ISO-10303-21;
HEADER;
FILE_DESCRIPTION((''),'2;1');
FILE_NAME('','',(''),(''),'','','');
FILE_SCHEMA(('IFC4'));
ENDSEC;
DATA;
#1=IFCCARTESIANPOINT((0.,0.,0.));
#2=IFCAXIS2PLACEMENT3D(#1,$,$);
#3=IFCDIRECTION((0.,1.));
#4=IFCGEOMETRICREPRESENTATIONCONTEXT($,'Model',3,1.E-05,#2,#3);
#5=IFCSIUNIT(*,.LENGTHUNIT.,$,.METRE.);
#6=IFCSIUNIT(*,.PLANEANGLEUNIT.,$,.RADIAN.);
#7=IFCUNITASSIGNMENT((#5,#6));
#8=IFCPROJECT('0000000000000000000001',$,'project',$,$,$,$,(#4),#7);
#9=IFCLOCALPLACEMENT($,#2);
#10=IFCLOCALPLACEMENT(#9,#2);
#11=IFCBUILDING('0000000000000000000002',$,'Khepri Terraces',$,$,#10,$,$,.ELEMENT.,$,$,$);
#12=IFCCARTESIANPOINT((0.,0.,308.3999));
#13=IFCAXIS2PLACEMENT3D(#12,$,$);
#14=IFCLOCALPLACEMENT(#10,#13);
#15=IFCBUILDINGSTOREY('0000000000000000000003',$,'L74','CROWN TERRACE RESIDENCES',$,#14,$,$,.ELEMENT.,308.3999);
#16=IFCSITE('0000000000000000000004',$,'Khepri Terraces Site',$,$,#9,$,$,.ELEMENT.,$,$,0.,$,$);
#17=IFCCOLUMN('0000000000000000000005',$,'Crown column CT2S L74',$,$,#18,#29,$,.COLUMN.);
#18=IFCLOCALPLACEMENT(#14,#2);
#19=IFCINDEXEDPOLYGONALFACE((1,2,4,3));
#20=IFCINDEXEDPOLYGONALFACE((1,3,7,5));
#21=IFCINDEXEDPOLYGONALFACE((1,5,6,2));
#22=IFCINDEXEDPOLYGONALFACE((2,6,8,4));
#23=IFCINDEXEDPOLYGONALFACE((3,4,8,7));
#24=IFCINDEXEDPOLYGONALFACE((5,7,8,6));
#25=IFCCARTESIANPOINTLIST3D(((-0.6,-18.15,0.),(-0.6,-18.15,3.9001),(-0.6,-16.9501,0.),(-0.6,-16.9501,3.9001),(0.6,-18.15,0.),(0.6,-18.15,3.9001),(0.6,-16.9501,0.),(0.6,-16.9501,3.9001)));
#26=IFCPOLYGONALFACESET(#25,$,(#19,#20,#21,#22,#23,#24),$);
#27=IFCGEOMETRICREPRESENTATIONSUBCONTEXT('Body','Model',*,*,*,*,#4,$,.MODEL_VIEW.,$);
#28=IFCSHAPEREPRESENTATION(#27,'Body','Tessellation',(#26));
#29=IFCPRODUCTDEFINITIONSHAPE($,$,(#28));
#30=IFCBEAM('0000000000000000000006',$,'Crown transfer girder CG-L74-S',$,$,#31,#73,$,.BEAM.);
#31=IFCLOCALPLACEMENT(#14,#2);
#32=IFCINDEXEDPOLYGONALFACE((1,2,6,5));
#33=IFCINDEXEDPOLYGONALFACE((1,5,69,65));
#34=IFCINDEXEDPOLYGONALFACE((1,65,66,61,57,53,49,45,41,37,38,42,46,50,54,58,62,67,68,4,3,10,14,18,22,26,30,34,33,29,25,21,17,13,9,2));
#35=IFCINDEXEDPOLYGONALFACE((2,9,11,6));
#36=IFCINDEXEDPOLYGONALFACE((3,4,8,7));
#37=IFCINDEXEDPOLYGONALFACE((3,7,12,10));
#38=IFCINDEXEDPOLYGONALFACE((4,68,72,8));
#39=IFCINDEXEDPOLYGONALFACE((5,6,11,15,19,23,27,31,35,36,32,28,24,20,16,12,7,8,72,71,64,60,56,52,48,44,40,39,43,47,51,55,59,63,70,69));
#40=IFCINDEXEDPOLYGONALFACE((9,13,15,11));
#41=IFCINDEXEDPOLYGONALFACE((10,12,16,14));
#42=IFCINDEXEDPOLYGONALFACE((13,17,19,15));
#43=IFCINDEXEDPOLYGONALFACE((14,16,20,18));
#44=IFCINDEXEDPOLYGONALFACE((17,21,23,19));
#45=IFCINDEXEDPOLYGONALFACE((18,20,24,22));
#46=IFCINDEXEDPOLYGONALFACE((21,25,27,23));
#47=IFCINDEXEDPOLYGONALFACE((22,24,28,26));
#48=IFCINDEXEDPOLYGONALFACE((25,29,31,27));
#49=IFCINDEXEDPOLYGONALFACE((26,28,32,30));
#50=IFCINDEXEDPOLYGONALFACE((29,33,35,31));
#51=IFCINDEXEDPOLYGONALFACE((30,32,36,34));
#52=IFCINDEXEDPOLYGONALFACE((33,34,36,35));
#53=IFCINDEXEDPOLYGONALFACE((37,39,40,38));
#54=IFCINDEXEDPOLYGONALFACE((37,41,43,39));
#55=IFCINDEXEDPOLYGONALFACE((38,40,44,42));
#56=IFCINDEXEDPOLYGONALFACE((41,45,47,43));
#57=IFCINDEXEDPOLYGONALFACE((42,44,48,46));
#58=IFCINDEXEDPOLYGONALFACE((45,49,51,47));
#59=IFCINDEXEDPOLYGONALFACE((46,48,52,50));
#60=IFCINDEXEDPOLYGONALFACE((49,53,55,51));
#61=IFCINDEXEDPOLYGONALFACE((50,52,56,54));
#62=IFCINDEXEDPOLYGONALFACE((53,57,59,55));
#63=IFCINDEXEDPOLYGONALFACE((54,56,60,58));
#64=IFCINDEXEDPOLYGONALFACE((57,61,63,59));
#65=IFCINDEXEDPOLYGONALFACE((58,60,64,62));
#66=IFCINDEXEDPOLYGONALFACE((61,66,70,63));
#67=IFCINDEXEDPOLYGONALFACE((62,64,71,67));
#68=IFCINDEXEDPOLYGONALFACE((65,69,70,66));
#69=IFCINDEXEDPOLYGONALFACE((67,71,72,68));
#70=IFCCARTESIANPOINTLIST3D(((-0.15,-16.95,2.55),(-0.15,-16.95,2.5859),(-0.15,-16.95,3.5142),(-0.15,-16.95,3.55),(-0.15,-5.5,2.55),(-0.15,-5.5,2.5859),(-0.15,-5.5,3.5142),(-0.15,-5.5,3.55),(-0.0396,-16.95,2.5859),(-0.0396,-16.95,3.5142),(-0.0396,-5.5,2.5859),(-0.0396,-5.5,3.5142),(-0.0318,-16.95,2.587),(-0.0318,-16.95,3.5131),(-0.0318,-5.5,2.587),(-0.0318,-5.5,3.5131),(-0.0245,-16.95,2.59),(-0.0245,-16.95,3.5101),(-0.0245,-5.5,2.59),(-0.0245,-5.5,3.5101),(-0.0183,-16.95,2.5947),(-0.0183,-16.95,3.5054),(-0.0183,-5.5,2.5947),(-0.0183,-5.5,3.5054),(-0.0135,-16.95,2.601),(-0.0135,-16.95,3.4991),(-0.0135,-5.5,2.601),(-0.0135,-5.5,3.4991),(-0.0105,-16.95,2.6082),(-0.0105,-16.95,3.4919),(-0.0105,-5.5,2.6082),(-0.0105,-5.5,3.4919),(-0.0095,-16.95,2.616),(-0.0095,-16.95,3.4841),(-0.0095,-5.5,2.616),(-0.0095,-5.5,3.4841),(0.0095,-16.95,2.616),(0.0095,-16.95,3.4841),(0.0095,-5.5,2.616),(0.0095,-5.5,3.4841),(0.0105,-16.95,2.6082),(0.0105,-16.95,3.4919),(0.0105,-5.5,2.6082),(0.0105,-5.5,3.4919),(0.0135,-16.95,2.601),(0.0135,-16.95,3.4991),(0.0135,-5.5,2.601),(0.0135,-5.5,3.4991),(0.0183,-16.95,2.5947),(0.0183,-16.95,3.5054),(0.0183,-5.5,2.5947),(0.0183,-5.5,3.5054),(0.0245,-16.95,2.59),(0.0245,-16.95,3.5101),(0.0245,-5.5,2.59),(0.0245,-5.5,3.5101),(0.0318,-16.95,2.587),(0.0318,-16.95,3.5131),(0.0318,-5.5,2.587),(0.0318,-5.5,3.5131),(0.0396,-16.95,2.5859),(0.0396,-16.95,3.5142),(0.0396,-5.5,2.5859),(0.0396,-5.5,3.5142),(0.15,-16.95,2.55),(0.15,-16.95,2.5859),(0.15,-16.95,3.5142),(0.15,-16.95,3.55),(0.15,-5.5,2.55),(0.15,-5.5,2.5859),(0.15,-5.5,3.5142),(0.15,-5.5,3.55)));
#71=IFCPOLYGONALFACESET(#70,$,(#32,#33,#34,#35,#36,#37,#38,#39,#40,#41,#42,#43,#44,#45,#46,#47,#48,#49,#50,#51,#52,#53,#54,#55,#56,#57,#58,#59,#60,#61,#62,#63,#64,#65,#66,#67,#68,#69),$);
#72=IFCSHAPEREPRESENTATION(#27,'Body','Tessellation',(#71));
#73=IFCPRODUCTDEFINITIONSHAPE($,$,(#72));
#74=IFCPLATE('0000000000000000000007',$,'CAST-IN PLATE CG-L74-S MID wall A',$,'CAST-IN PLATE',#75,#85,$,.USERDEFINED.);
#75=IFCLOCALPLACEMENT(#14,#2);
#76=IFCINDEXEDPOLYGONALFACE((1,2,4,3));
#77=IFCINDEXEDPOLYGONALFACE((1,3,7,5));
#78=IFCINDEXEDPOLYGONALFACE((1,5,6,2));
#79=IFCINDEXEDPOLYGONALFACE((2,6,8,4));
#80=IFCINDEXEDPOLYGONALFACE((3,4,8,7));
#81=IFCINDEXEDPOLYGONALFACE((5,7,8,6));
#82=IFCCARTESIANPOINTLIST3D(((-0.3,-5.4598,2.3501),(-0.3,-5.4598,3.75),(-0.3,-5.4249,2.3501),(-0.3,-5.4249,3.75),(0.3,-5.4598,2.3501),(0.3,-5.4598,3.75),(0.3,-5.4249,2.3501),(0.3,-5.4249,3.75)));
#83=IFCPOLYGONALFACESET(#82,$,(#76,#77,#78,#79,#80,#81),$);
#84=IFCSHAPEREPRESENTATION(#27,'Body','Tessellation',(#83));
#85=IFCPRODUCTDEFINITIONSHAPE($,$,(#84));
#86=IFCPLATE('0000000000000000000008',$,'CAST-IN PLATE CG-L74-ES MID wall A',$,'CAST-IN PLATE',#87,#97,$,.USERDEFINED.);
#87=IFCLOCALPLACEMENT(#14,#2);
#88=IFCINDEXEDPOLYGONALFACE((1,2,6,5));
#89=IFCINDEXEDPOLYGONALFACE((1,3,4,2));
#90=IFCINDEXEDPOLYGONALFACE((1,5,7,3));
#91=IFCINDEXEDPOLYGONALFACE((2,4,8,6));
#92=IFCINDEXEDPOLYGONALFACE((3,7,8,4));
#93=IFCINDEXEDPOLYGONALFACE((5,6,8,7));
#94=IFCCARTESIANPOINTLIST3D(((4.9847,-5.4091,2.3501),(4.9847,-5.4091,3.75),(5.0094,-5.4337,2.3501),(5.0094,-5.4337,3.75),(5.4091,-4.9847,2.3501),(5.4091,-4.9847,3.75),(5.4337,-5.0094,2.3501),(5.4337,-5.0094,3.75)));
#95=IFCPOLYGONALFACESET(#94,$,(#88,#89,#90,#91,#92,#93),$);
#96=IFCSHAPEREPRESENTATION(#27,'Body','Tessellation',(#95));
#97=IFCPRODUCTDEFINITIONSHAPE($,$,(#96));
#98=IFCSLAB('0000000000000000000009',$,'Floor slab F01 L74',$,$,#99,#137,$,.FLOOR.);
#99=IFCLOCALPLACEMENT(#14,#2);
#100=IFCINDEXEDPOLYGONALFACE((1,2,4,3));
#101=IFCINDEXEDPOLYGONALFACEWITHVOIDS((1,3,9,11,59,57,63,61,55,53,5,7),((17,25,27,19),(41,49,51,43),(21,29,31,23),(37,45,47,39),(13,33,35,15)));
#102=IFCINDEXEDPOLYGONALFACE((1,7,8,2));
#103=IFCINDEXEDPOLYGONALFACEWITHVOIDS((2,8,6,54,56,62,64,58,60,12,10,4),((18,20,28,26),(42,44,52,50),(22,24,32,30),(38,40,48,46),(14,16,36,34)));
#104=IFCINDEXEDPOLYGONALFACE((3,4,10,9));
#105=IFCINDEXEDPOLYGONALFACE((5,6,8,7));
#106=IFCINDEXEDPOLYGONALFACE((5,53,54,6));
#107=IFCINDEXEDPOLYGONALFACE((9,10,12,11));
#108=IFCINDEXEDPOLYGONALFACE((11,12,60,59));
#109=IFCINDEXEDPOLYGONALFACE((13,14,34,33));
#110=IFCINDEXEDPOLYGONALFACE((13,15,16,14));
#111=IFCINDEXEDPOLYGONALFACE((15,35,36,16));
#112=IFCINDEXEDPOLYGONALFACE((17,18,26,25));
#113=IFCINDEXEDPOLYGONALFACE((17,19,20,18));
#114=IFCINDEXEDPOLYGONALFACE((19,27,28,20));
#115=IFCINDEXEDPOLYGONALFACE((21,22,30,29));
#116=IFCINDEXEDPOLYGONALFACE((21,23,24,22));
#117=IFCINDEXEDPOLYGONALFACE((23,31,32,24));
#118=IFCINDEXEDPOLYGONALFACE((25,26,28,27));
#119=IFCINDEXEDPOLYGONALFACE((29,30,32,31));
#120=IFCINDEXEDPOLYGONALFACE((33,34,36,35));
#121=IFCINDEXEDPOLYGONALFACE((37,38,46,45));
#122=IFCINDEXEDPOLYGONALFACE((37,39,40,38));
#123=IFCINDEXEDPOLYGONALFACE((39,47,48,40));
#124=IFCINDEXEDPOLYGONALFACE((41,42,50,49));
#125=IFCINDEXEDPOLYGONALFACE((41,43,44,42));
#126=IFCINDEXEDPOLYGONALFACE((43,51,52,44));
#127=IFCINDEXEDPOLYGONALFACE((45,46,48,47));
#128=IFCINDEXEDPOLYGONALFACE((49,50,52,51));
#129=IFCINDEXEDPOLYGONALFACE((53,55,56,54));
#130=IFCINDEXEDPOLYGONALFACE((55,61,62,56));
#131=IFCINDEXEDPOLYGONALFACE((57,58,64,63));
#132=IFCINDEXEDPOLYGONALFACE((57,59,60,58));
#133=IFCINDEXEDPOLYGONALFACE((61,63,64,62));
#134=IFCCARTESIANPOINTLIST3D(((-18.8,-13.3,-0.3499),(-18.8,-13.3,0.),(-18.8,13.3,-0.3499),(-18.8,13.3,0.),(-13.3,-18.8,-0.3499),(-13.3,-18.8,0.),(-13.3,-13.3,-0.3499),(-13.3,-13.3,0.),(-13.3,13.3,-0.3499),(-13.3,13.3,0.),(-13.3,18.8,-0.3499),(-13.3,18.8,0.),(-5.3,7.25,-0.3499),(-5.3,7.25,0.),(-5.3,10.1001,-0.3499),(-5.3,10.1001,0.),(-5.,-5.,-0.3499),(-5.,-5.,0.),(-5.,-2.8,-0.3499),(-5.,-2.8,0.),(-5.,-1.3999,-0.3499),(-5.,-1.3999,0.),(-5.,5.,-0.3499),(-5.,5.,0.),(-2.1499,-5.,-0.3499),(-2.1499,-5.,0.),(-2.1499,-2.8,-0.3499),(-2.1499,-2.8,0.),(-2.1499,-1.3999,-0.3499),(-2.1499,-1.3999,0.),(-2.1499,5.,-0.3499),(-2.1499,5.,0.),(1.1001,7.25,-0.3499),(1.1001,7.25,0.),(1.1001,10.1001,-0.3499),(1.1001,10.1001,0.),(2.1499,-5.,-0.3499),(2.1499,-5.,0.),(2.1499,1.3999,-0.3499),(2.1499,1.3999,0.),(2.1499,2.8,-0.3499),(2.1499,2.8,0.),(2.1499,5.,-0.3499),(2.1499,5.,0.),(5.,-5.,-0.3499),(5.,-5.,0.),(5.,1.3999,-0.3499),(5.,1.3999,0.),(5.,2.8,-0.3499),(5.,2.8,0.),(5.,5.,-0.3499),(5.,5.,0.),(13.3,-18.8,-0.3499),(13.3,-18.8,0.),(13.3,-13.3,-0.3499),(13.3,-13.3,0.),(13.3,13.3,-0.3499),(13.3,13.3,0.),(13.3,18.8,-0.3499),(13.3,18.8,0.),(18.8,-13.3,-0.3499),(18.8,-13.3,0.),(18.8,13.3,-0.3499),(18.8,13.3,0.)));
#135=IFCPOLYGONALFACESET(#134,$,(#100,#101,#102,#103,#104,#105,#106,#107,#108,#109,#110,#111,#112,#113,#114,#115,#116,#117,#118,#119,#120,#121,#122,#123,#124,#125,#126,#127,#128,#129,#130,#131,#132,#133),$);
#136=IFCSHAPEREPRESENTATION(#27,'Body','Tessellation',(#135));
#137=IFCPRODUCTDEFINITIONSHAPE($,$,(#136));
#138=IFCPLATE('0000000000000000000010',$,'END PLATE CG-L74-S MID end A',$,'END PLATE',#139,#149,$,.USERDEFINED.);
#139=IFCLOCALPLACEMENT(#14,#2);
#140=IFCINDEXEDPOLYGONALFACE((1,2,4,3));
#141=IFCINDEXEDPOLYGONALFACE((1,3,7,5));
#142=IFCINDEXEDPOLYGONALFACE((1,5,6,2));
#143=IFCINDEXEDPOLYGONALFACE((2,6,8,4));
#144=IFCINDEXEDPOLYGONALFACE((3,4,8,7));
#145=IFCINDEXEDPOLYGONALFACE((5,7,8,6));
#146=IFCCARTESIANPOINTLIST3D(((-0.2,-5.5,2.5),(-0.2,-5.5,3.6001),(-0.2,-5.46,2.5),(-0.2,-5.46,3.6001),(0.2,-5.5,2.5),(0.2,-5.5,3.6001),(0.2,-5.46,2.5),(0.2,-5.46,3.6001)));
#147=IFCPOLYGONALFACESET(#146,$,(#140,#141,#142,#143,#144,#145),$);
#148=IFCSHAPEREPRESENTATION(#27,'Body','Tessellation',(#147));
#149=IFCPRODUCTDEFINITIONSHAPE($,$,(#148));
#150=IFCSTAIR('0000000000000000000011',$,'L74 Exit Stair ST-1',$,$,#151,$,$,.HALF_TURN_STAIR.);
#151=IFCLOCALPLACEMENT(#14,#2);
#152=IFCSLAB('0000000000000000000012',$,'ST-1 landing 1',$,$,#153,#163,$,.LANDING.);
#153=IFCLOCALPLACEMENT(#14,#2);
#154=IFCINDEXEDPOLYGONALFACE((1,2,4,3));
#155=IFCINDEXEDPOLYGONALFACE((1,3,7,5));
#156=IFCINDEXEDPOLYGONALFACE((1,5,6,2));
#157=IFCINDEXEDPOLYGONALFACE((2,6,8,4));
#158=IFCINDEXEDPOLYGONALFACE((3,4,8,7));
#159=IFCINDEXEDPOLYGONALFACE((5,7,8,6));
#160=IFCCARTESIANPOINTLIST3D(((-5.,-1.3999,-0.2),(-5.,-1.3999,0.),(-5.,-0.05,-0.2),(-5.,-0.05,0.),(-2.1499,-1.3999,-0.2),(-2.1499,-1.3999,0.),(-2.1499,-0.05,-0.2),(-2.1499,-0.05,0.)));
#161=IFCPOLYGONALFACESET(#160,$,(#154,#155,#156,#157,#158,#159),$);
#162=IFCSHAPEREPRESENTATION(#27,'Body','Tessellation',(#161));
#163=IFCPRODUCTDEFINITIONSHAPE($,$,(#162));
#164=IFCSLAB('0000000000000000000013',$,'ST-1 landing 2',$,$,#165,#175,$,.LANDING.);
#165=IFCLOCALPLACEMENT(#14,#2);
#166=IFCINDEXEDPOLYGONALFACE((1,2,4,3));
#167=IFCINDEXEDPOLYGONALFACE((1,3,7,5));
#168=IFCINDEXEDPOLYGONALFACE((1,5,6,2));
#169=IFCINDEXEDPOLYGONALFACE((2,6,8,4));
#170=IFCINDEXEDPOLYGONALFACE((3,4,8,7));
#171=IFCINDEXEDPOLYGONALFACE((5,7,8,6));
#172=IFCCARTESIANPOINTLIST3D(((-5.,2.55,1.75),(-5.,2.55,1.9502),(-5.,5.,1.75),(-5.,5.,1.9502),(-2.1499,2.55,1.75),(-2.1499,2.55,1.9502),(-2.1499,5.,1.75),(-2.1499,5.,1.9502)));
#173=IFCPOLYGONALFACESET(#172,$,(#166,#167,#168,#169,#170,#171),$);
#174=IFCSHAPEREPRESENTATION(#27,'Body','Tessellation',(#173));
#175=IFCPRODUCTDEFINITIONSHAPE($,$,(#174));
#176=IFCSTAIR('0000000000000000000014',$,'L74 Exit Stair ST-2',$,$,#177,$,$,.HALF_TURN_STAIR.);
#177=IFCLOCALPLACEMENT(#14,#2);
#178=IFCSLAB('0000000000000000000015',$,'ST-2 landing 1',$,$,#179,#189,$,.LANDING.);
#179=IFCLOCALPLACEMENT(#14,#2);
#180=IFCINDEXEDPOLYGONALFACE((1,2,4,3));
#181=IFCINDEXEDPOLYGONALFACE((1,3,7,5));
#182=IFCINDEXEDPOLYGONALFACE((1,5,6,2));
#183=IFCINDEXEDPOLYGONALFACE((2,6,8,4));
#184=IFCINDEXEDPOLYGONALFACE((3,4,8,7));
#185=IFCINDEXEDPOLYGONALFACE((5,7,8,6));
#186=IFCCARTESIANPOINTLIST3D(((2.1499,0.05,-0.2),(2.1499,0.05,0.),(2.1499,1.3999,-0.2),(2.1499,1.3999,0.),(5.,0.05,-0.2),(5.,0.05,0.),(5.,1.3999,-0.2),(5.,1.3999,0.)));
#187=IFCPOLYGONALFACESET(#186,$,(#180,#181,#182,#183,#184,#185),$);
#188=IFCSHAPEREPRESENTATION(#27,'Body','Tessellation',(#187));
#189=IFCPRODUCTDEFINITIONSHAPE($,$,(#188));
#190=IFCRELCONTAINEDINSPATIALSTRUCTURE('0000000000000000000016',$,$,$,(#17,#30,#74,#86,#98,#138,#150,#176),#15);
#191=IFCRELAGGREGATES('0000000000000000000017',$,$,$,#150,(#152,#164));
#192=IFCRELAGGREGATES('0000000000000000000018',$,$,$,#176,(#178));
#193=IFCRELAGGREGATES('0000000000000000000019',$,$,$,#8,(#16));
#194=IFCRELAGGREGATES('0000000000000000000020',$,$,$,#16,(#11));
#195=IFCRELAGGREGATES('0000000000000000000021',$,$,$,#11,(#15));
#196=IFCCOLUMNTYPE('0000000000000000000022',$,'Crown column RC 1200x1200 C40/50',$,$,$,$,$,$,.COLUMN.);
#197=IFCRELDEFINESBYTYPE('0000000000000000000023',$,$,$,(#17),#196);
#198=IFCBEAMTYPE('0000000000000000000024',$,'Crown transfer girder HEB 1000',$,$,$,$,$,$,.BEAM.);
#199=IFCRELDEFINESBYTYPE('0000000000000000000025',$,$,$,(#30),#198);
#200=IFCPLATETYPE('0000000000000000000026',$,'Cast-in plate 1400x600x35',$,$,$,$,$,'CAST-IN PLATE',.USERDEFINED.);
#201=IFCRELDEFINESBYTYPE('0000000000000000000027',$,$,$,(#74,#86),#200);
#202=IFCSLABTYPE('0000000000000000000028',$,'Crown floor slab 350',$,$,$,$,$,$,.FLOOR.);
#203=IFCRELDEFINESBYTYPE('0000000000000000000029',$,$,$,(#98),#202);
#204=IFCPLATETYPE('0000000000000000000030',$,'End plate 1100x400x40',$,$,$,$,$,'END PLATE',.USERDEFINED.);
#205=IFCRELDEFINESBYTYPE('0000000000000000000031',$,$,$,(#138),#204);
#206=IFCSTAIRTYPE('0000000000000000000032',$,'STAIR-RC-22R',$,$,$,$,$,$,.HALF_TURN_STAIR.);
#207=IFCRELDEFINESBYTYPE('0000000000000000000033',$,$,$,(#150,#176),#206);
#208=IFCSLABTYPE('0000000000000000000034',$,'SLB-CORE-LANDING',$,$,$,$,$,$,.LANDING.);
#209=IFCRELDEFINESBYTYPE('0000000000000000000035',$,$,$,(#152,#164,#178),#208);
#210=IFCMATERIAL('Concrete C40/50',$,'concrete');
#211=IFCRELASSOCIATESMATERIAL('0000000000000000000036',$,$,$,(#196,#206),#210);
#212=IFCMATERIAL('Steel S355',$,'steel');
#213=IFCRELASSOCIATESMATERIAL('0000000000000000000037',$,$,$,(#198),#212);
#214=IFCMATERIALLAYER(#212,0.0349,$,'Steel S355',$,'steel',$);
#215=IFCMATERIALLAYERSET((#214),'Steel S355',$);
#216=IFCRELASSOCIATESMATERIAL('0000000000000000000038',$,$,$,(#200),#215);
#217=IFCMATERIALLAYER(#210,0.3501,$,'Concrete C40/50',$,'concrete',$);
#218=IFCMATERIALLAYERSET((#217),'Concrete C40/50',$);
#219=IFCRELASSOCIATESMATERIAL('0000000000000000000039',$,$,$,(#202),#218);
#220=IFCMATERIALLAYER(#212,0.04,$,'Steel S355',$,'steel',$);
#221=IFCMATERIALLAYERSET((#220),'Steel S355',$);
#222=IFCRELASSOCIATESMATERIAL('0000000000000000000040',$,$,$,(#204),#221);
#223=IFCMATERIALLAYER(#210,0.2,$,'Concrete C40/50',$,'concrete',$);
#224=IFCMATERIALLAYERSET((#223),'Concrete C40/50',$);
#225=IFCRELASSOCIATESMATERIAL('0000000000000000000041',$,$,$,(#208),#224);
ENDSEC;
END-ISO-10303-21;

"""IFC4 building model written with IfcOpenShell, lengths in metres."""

from ifc_helpers import new_model, si_unit, direction, frame, origin, origin_2d, place, context, subcontext, project, spatial, polyline, rectangle, i_section, outline, extrude, material, layer, layer_set, material_profile, profile_set, type_object, element, aggregate, save


model = new_model("IFC4")

# Units and contexts
model_context = context("Model", 3, precision=1e-05, world=origin(), true_north=direction((0.0, 1.0)))
body_context = subcontext(model_context, "Body", "Model", "MODEL_VIEW")
ifc_project = project(units=[si_unit("LENGTHUNIT", "METRE"), si_unit("PLANEANGLEUNIT", "RADIAN")], contexts=[model_context])

# Site, building, storey
site_placement = place(None, origin())
site = spatial("IfcSite", under=ifc_project, at=site_placement, Name="Khepri Terraces Site", CompositionType="ELEMENT", RefElevation=0.0)
building_placement = place(site_placement, origin())
building = spatial("IfcBuilding", under=site, at=building_placement, Name="Khepri Terraces", CompositionType="ELEMENT")
storey_placement = place(building_placement, frame((0.0, 0.0, 308.3999)))
storey = spatial("IfcBuildingStorey", under=building, at=storey_placement, Name="L74", Description="CROWN TERRACE RESIDENCES", CompositionType="ELEMENT", Elevation=308.3999)

# Column
ifc_material_1 = material(Name="Concrete C40/50", Category="concrete")
ifc_material_profile_1 = material_profile(ifc_material_1, rectangle(XDim=1.2, YDim=1.2, at=origin_2d()), Name="Concrete C40/50", Category="concrete")
ifc_profile_set_1 = profile_set([ifc_material_profile_1], Name="Concrete C40/50")
column_type = type_object("IfcColumnType", Name="Crown column RC 1200x1200 C40/50", PredefinedType="COLUMN", material=ifc_profile_set_1)
column_placement = place(storey_placement, frame((0.0, -17.55, 0.0), z_axis=(0.0, 0.0, 1.0), x_axis=(1.0, 0.0, 0.0)))
element("IfcColumn", 1, at=column_placement, inside=storey, type_object=column_type, Name="Crown column CT2S L74", PredefinedType="COLUMN", context=body_context, shape_type="SweptSolid", body=[
    extrude(rectangle(XDim=1.2, YDim=1.2, at=origin_2d()), origin(), (0.0, 0.0, 1.0), 3.9001),
])

# Beam
ifc_material_2 = material(Name="Steel S355", Category="steel")
ifc_material_profile_2 = material_profile(ifc_material_2, i_section(OverallWidth=0.3, OverallDepth=1.0, WebThickness=0.019, FlangeThickness=0.0359, FilletRadius=0.03, at=origin_2d()), Name="Steel S355", Category="steel")
ifc_profile_set_2 = profile_set([ifc_material_profile_2], Name="Steel S355")
beam_type = type_object("IfcBeamType", Name="Crown transfer girder HEB 1000", PredefinedType="BEAM", material=ifc_profile_set_2)
beam_placement = place(storey_placement, frame((0.0, -5.5, 3.05), z_axis=(0.0, -1.0, 0.0), x_axis=(1.0, 0.0, 0.0)))
element("IfcBeam", 2, at=beam_placement, inside=storey, type_object=beam_type, Name="Crown transfer girder CG-L74-S", PredefinedType="BEAM", context=body_context, shape_type="SweptSolid", body=[
    extrude(i_section(OverallWidth=0.3, OverallDepth=1.0, WebThickness=0.019, FlangeThickness=0.0359, FilletRadius=0.03, at=origin_2d()), origin(), (0.0, 0.0, 1.0), 11.45),
])

# Plates
ifc_layer_1 = layer(ifc_material_2, 0.0349, Name="Steel S355", Category="steel")
ifc_layer_set_1 = layer_set([ifc_layer_1], Name="Steel S355")
plate_type_1 = type_object("IfcPlateType", Name="Cast-in plate 1400x600x35", ElementType="CAST-IN PLATE", PredefinedType="USERDEFINED", material=ifc_layer_set_1)
for number, where, z_axis, x_axis, name in (
    (3, (0.0, -5.4424, 2.3501), (0.0, 0.0, 1.0), (0.0, -1.0, 0.0), "CAST-IN PLATE CG-L74-S MID wall A"),
    (4, (5.2092, -5.2092, 2.3501), (0.0, 0.0, 1.0), (0.707107, -0.707107, 0.0), "CAST-IN PLATE CG-L74-ES MID wall A"),
):
    element("IfcPlate", number, at=place(storey_placement, frame(where, z_axis=z_axis, x_axis=x_axis)), inside=storey, type_object=plate_type_1, Name=name, ObjectType="CAST-IN PLATE", PredefinedType="USERDEFINED", context=body_context, shape_type="SweptSolid", body=[
        extrude(rectangle(XDim=0.0349, YDim=0.6001, at=origin_2d()), origin(), (0.0, 0.0, 1.0), 1.3999),
    ])

# Slab
ifc_layer_2 = layer(ifc_material_1, 0.3501, Name="Concrete C40/50", Category="concrete")
ifc_layer_set_2 = layer_set([ifc_layer_2], Name="Concrete C40/50")
slab_type_1 = type_object("IfcSlabType", Name="Crown floor slab 350", PredefinedType="FLOOR", material=ifc_layer_set_2)
slab_1_placement = place(storey_placement, frame((0.0, 0.0, -0.3499)))
element("IfcSlab", 5, at=slab_1_placement, inside=storey, type_object=slab_type_1, Name="Floor slab F01 L74", PredefinedType="FLOOR", context=body_context, shape_type="SweptSolid", body=[
    extrude(outline(polyline([(-18.8, -13.3), (-18.8, 13.3), (-13.3, 13.3), (-13.3, 18.8), (13.3, 18.8), (13.3, 13.3), (18.8, 13.3), (18.8, -13.3), (13.3, -13.3), (13.3, -18.8), (-13.3, -18.8), (-13.3, -13.3), (-18.8, -13.3)]), holes=[polyline([(5.0, 5.0), (2.1499, 5.0), (2.1499, 2.8), (5.0, 2.8), (5.0, 5.0)]), polyline([(-2.1499, -5.0), (-2.1499, -2.8), (-5.0, -2.8), (-5.0, -5.0), (-2.1499, -5.0)]), polyline([(-5.0, -1.3999), (-2.1499, -1.3999), (-2.1499, 5.0), (-5.0, 5.0), (-5.0, -1.3999)]), polyline([(5.0, -5.0), (5.0, 1.3999), (2.1499, 1.3999), (2.1499, -5.0), (5.0, -5.0)]), polyline([(-5.3, 10.1001), (-5.3, 7.25), (1.1001, 7.25), (1.1001, 10.1001), (-5.3, 10.1001)])]), origin(), (0.0, 0.0, 1.0), 0.3499),
])

# Plate
ifc_layer_3 = layer(ifc_material_2, 0.04, Name="Steel S355", Category="steel")
ifc_layer_set_3 = layer_set([ifc_layer_3], Name="Steel S355")
plate_type_2 = type_object("IfcPlateType", Name="End plate 1100x400x40", ElementType="END PLATE", PredefinedType="USERDEFINED", material=ifc_layer_set_3)
plate_placement = place(storey_placement, frame((0.0, -5.48, 2.5), z_axis=(0.0, 0.0, 1.0), x_axis=(0.0, -1.0, 0.0)))
element("IfcPlate", 6, at=plate_placement, inside=storey, type_object=plate_type_2, Name="END PLATE CG-L74-S MID end A", ObjectType="END PLATE", PredefinedType="USERDEFINED", context=body_context, shape_type="SweptSolid", body=[
    extrude(rectangle(XDim=0.04, YDim=0.3999, at=origin_2d()), origin(), (0.0, 0.0, 1.0), 1.1001),
])

# Stair, slabs
stair_type = type_object("IfcStairType", Name="STAIR-RC-22R", PredefinedType="HALF_TURN_STAIR", material=ifc_material_1)
stair_1_placement = place(storey_placement, origin())
stair_1 = element("IfcStair", 7, at=stair_1_placement, inside=storey, type_object=stair_type, Name="L74 Exit Stair ST-1", PredefinedType="HALF_TURN_STAIR")
ifc_layer_4 = layer(ifc_material_1, 0.2, Name="Concrete C40/50", Category="concrete")
ifc_layer_set_4 = layer_set([ifc_layer_4], Name="Concrete C40/50")
slab_type_2 = type_object("IfcSlabType", Name="SLB-CORE-LANDING", PredefinedType="LANDING", material=ifc_layer_set_4)
slab_2_placement = place(storey_placement, frame((0.0, 0.0, -0.2)))
slab_2 = element("IfcSlab", 8, at=slab_2_placement, type_object=slab_type_2, Name="ST-1 landing 1", PredefinedType="LANDING", context=body_context, shape_type="SweptSolid", body=[
    extrude(outline(polyline([(-2.1499, -1.3999), (-2.1499, -0.05), (-5.0, -0.05), (-5.0, -1.3999), (-2.1499, -1.3999)])), origin(), (0.0, 0.0, 1.0), 0.2),
])
slab_3_placement = place(storey_placement, frame((0.0, 0.0, 1.75)))
slab_3 = element("IfcSlab", 9, at=slab_3_placement, type_object=slab_type_2, Name="ST-1 landing 2", PredefinedType="LANDING", context=body_context, shape_type="SweptSolid", body=[
    extrude(outline(polyline([(-2.1499, 2.55), (-2.1499, 5.0), (-5.0, 5.0), (-5.0, 2.55), (-2.1499, 2.55)])), origin(), (0.0, 0.0, 1.0), 0.2002),
])
aggregate(stair_1, [slab_2, slab_3])

# Stair, slab
stair_2_placement = place(storey_placement, origin())
stair_2 = element("IfcStair", 10, at=stair_2_placement, inside=storey, type_object=stair_type, Name="L74 Exit Stair ST-2", PredefinedType="HALF_TURN_STAIR")
slab_4_placement = place(storey_placement, frame((0.0, 0.0, -0.2)))
slab_4 = element("IfcSlab", 11, at=slab_4_placement, type_object=slab_type_2, Name="ST-2 landing 1", PredefinedType="LANDING", context=body_context, shape_type="SweptSolid", body=[
    extrude(outline(polyline([(2.1499, 1.3999), (2.1499, 0.05), (5.0, 0.05), (5.0, 1.3999), (2.1499, 1.3999)])), origin(), (0.0, 0.0, 1.0), 0.2),
])

aggregate(stair_2, [slab_4])

save(model, "model.ifc")
